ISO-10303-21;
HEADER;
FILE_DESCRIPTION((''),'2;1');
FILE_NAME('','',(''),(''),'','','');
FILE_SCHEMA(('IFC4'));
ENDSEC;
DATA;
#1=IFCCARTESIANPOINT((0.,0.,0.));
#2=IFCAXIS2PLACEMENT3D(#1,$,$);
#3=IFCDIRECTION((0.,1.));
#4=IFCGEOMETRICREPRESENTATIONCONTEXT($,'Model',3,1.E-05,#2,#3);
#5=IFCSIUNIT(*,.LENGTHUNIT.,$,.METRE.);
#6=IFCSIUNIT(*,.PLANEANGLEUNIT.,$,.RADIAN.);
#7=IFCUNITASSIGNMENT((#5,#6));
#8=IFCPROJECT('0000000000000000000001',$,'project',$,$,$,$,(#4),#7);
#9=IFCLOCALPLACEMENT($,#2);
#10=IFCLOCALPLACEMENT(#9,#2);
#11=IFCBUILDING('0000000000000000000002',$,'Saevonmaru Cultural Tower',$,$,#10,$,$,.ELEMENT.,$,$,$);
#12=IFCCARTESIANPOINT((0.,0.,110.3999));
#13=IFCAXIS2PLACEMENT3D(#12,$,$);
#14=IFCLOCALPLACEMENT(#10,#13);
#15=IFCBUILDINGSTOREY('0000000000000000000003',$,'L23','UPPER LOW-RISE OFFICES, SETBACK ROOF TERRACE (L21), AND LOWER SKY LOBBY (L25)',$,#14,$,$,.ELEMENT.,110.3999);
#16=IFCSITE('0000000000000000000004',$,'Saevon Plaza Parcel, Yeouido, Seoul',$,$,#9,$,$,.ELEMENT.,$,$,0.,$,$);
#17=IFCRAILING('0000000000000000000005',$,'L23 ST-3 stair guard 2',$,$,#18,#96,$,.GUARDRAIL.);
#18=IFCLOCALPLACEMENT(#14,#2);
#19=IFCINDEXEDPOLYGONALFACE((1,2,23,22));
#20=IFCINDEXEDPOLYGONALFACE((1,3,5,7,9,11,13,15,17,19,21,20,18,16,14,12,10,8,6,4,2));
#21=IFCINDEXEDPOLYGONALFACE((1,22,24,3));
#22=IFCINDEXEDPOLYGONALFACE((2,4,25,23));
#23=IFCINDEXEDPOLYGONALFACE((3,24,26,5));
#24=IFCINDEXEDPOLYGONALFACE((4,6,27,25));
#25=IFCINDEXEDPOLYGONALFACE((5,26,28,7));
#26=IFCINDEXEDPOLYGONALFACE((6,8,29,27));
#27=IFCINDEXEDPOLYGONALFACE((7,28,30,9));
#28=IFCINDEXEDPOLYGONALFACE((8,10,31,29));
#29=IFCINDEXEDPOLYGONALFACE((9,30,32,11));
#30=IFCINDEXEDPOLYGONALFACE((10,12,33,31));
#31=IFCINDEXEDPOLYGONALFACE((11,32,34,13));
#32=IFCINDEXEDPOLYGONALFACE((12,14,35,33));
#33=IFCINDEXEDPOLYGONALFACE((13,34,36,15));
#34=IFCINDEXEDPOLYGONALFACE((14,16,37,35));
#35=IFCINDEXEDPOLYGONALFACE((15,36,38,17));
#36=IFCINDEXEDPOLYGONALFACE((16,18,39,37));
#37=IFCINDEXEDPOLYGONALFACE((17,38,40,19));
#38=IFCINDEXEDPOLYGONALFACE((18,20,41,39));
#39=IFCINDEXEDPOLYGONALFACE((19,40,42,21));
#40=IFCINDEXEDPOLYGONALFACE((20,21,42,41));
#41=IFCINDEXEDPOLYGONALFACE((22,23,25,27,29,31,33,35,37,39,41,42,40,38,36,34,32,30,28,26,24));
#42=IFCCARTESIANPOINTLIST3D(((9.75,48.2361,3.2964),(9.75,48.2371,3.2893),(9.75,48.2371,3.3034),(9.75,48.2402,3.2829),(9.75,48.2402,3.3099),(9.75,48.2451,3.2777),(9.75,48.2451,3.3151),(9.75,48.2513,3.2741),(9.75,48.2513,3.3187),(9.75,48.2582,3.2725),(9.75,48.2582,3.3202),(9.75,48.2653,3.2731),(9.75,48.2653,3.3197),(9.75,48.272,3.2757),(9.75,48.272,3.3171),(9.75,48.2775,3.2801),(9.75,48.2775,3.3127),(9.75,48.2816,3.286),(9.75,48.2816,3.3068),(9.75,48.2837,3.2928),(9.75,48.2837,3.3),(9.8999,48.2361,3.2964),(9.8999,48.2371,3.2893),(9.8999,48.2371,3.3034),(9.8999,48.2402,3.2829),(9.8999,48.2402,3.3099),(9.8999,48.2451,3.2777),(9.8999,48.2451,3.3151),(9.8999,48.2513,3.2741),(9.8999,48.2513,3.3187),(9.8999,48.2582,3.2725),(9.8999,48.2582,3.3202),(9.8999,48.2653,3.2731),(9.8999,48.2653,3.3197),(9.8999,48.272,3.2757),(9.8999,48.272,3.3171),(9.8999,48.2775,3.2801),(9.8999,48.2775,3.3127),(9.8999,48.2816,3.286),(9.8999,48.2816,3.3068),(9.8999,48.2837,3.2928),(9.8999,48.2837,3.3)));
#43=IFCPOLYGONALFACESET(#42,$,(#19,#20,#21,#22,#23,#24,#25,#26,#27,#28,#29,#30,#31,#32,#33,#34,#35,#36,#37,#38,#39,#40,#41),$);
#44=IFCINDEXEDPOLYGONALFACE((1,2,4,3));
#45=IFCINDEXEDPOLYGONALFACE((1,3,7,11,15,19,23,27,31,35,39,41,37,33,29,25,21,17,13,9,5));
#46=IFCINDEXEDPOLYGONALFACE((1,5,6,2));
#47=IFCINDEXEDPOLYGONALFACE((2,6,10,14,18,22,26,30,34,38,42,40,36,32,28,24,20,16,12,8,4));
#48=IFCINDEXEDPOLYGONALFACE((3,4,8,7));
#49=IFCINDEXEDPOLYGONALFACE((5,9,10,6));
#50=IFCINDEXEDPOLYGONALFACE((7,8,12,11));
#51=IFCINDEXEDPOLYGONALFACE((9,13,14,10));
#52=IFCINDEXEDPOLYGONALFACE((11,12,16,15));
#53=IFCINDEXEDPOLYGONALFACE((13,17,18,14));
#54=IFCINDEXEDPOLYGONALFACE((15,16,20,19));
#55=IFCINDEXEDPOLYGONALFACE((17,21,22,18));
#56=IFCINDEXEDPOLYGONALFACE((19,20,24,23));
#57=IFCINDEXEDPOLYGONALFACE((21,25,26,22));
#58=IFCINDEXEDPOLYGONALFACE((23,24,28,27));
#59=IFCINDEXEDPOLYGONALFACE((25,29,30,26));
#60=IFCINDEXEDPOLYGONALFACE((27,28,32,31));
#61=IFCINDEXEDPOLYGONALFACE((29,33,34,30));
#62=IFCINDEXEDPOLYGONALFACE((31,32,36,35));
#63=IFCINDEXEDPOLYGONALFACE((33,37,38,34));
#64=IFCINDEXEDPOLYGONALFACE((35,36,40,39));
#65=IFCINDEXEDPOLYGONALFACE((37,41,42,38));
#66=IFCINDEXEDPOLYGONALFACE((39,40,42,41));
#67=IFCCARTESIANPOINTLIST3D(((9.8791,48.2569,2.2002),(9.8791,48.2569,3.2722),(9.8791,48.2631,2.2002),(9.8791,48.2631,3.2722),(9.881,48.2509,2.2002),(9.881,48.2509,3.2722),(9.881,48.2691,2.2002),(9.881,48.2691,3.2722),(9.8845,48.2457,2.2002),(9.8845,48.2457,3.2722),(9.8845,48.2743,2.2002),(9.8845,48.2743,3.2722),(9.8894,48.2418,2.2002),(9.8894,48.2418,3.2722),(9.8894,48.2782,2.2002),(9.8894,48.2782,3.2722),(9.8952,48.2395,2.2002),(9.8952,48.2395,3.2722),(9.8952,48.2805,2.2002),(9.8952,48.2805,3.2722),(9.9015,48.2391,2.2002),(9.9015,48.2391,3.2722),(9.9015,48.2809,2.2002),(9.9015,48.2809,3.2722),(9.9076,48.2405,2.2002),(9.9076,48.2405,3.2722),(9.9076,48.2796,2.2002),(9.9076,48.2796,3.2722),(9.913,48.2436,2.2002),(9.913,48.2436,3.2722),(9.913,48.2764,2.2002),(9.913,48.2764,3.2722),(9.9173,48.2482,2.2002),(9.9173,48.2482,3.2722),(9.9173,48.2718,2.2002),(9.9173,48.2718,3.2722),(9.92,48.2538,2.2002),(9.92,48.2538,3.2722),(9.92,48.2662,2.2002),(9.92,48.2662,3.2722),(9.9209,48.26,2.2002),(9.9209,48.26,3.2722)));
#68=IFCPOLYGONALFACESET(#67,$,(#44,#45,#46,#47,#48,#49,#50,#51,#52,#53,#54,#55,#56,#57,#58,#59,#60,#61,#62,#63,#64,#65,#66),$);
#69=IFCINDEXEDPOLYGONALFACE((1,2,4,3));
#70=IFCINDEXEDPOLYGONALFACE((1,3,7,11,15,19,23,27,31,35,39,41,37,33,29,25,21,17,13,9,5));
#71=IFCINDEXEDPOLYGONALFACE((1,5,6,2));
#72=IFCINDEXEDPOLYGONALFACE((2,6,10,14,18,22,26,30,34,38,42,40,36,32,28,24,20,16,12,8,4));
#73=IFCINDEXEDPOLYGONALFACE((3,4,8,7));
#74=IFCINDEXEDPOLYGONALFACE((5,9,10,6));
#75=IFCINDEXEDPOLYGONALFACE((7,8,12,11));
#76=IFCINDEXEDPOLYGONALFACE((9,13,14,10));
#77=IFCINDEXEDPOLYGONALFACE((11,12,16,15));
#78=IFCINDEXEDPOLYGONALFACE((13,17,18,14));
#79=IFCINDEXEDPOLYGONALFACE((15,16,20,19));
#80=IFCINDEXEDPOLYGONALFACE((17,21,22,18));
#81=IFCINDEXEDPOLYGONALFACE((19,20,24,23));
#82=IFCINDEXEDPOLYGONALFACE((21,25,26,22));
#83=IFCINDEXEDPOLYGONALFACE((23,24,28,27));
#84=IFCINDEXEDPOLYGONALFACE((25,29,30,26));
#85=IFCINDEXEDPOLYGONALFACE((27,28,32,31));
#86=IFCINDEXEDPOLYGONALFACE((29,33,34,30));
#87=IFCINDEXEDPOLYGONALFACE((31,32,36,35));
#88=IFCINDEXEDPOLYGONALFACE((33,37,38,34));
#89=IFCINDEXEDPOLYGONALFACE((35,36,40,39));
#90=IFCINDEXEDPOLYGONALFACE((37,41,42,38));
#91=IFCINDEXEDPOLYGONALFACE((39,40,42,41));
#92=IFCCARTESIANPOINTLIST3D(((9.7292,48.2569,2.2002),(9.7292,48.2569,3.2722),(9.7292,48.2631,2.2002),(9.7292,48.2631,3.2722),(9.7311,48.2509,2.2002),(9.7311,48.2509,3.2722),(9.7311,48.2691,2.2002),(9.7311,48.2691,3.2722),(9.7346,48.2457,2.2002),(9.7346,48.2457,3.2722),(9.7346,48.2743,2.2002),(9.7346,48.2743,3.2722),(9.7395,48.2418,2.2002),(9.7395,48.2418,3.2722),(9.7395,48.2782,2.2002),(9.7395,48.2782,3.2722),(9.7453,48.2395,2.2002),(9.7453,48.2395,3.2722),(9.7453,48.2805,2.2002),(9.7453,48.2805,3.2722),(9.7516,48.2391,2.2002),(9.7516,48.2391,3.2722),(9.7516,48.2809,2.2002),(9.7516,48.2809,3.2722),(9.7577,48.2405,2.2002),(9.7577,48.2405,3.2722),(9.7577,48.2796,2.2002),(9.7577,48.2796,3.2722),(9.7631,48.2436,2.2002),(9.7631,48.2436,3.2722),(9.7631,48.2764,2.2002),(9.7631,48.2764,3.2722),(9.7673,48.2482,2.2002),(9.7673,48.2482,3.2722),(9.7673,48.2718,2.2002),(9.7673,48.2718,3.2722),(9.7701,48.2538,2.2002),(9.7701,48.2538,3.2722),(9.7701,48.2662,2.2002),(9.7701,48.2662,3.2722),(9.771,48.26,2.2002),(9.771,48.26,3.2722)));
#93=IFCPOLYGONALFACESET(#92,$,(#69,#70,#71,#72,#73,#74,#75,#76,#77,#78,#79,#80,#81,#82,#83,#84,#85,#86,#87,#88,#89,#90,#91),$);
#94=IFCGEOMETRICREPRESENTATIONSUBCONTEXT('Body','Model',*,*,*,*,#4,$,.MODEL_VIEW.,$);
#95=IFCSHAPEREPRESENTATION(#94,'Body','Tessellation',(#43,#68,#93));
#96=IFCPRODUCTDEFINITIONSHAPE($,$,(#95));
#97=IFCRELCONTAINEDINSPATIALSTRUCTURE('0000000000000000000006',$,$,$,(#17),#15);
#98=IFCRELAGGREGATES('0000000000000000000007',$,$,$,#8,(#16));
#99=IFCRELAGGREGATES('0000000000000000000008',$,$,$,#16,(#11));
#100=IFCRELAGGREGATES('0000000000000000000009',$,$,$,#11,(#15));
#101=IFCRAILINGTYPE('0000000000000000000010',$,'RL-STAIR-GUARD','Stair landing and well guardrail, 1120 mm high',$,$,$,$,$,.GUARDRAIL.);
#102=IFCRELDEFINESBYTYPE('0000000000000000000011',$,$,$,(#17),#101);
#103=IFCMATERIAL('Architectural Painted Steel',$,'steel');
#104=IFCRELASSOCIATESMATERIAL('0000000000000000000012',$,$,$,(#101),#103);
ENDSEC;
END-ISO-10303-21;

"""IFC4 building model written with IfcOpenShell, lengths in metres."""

from ifc_helpers import new_model, si_unit, direction, frame, origin, origin_2d, place, context, subcontext, project, spatial, circle, extrude, material, type_object, element, save


model = new_model("IFC4")

# Units and contexts
model_context = context("Model", 3, precision=1e-05, world=origin(), true_north=direction((0.0, 1.0)))
body_context = subcontext(model_context, "Body", "Model", "MODEL_VIEW")
ifc_project = project(units=[si_unit("LENGTHUNIT", "METRE"), si_unit("PLANEANGLEUNIT", "RADIAN")], contexts=[model_context])

# Site, building, storey
site_placement = place(None, origin())
site = spatial("IfcSite", under=ifc_project, at=site_placement, Name="Saevon Plaza Parcel, Yeouido, Seoul", CompositionType="ELEMENT", RefElevation=0.0)
building_placement = place(site_placement, origin())
building = spatial("IfcBuilding", under=site, at=building_placement, Name="Saevonmaru Cultural Tower", CompositionType="ELEMENT")
storey_placement = place(building_placement, frame((0.0, 0.0, 110.3999)))
storey = spatial("IfcBuildingStorey", under=building, at=storey_placement, Name="L23", Description="UPPER LOW-RISE OFFICES, SETBACK ROOF TERRACE (L21), AND LOWER SKY LOBBY (L25)", CompositionType="ELEMENT", Elevation=110.3999)

# Railing
ifc_material_1 = material(Name="Architectural Painted Steel", Category="steel")
railing_type_1 = type_object("IfcRailingType", Name="RL-STAIR-GUARD", Description="Stair landing and well guardrail, 1120 mm high", PredefinedType="GUARDRAIL", material=ifc_material_1)
railing_1_placement = place(storey_placement, frame((9.8999, 48.26, 2.2002)))
element("IfcRailing", 1, at=railing_1_placement, inside=storey, type_object=railing_type_1, Name="L23 ST-3 stair guard 2", PredefinedType="GUARDRAIL", context=body_context, shape_type="SweptSolid", body=[
    extrude(circle(Radius=0.0239, at=origin_2d()), frame((0.0, 0.0, 1.0962), z_axis=(-1.0, 0.0, 0.0), x_axis=(0.0, -1.0, 0.0)), (0.0, 0.0, 1.0), 0.1499),
    extrude(circle(Radius=0.021, at=origin_2d()), origin(), (0.0, 0.0, 1.0), 1.072),
    extrude(circle(Radius=0.021, at=origin_2d()), frame((-0.1499, 0.0, 0.0)), (0.0, 0.0, 1.0), 1.072),
])

save(model, "model.ifc")
